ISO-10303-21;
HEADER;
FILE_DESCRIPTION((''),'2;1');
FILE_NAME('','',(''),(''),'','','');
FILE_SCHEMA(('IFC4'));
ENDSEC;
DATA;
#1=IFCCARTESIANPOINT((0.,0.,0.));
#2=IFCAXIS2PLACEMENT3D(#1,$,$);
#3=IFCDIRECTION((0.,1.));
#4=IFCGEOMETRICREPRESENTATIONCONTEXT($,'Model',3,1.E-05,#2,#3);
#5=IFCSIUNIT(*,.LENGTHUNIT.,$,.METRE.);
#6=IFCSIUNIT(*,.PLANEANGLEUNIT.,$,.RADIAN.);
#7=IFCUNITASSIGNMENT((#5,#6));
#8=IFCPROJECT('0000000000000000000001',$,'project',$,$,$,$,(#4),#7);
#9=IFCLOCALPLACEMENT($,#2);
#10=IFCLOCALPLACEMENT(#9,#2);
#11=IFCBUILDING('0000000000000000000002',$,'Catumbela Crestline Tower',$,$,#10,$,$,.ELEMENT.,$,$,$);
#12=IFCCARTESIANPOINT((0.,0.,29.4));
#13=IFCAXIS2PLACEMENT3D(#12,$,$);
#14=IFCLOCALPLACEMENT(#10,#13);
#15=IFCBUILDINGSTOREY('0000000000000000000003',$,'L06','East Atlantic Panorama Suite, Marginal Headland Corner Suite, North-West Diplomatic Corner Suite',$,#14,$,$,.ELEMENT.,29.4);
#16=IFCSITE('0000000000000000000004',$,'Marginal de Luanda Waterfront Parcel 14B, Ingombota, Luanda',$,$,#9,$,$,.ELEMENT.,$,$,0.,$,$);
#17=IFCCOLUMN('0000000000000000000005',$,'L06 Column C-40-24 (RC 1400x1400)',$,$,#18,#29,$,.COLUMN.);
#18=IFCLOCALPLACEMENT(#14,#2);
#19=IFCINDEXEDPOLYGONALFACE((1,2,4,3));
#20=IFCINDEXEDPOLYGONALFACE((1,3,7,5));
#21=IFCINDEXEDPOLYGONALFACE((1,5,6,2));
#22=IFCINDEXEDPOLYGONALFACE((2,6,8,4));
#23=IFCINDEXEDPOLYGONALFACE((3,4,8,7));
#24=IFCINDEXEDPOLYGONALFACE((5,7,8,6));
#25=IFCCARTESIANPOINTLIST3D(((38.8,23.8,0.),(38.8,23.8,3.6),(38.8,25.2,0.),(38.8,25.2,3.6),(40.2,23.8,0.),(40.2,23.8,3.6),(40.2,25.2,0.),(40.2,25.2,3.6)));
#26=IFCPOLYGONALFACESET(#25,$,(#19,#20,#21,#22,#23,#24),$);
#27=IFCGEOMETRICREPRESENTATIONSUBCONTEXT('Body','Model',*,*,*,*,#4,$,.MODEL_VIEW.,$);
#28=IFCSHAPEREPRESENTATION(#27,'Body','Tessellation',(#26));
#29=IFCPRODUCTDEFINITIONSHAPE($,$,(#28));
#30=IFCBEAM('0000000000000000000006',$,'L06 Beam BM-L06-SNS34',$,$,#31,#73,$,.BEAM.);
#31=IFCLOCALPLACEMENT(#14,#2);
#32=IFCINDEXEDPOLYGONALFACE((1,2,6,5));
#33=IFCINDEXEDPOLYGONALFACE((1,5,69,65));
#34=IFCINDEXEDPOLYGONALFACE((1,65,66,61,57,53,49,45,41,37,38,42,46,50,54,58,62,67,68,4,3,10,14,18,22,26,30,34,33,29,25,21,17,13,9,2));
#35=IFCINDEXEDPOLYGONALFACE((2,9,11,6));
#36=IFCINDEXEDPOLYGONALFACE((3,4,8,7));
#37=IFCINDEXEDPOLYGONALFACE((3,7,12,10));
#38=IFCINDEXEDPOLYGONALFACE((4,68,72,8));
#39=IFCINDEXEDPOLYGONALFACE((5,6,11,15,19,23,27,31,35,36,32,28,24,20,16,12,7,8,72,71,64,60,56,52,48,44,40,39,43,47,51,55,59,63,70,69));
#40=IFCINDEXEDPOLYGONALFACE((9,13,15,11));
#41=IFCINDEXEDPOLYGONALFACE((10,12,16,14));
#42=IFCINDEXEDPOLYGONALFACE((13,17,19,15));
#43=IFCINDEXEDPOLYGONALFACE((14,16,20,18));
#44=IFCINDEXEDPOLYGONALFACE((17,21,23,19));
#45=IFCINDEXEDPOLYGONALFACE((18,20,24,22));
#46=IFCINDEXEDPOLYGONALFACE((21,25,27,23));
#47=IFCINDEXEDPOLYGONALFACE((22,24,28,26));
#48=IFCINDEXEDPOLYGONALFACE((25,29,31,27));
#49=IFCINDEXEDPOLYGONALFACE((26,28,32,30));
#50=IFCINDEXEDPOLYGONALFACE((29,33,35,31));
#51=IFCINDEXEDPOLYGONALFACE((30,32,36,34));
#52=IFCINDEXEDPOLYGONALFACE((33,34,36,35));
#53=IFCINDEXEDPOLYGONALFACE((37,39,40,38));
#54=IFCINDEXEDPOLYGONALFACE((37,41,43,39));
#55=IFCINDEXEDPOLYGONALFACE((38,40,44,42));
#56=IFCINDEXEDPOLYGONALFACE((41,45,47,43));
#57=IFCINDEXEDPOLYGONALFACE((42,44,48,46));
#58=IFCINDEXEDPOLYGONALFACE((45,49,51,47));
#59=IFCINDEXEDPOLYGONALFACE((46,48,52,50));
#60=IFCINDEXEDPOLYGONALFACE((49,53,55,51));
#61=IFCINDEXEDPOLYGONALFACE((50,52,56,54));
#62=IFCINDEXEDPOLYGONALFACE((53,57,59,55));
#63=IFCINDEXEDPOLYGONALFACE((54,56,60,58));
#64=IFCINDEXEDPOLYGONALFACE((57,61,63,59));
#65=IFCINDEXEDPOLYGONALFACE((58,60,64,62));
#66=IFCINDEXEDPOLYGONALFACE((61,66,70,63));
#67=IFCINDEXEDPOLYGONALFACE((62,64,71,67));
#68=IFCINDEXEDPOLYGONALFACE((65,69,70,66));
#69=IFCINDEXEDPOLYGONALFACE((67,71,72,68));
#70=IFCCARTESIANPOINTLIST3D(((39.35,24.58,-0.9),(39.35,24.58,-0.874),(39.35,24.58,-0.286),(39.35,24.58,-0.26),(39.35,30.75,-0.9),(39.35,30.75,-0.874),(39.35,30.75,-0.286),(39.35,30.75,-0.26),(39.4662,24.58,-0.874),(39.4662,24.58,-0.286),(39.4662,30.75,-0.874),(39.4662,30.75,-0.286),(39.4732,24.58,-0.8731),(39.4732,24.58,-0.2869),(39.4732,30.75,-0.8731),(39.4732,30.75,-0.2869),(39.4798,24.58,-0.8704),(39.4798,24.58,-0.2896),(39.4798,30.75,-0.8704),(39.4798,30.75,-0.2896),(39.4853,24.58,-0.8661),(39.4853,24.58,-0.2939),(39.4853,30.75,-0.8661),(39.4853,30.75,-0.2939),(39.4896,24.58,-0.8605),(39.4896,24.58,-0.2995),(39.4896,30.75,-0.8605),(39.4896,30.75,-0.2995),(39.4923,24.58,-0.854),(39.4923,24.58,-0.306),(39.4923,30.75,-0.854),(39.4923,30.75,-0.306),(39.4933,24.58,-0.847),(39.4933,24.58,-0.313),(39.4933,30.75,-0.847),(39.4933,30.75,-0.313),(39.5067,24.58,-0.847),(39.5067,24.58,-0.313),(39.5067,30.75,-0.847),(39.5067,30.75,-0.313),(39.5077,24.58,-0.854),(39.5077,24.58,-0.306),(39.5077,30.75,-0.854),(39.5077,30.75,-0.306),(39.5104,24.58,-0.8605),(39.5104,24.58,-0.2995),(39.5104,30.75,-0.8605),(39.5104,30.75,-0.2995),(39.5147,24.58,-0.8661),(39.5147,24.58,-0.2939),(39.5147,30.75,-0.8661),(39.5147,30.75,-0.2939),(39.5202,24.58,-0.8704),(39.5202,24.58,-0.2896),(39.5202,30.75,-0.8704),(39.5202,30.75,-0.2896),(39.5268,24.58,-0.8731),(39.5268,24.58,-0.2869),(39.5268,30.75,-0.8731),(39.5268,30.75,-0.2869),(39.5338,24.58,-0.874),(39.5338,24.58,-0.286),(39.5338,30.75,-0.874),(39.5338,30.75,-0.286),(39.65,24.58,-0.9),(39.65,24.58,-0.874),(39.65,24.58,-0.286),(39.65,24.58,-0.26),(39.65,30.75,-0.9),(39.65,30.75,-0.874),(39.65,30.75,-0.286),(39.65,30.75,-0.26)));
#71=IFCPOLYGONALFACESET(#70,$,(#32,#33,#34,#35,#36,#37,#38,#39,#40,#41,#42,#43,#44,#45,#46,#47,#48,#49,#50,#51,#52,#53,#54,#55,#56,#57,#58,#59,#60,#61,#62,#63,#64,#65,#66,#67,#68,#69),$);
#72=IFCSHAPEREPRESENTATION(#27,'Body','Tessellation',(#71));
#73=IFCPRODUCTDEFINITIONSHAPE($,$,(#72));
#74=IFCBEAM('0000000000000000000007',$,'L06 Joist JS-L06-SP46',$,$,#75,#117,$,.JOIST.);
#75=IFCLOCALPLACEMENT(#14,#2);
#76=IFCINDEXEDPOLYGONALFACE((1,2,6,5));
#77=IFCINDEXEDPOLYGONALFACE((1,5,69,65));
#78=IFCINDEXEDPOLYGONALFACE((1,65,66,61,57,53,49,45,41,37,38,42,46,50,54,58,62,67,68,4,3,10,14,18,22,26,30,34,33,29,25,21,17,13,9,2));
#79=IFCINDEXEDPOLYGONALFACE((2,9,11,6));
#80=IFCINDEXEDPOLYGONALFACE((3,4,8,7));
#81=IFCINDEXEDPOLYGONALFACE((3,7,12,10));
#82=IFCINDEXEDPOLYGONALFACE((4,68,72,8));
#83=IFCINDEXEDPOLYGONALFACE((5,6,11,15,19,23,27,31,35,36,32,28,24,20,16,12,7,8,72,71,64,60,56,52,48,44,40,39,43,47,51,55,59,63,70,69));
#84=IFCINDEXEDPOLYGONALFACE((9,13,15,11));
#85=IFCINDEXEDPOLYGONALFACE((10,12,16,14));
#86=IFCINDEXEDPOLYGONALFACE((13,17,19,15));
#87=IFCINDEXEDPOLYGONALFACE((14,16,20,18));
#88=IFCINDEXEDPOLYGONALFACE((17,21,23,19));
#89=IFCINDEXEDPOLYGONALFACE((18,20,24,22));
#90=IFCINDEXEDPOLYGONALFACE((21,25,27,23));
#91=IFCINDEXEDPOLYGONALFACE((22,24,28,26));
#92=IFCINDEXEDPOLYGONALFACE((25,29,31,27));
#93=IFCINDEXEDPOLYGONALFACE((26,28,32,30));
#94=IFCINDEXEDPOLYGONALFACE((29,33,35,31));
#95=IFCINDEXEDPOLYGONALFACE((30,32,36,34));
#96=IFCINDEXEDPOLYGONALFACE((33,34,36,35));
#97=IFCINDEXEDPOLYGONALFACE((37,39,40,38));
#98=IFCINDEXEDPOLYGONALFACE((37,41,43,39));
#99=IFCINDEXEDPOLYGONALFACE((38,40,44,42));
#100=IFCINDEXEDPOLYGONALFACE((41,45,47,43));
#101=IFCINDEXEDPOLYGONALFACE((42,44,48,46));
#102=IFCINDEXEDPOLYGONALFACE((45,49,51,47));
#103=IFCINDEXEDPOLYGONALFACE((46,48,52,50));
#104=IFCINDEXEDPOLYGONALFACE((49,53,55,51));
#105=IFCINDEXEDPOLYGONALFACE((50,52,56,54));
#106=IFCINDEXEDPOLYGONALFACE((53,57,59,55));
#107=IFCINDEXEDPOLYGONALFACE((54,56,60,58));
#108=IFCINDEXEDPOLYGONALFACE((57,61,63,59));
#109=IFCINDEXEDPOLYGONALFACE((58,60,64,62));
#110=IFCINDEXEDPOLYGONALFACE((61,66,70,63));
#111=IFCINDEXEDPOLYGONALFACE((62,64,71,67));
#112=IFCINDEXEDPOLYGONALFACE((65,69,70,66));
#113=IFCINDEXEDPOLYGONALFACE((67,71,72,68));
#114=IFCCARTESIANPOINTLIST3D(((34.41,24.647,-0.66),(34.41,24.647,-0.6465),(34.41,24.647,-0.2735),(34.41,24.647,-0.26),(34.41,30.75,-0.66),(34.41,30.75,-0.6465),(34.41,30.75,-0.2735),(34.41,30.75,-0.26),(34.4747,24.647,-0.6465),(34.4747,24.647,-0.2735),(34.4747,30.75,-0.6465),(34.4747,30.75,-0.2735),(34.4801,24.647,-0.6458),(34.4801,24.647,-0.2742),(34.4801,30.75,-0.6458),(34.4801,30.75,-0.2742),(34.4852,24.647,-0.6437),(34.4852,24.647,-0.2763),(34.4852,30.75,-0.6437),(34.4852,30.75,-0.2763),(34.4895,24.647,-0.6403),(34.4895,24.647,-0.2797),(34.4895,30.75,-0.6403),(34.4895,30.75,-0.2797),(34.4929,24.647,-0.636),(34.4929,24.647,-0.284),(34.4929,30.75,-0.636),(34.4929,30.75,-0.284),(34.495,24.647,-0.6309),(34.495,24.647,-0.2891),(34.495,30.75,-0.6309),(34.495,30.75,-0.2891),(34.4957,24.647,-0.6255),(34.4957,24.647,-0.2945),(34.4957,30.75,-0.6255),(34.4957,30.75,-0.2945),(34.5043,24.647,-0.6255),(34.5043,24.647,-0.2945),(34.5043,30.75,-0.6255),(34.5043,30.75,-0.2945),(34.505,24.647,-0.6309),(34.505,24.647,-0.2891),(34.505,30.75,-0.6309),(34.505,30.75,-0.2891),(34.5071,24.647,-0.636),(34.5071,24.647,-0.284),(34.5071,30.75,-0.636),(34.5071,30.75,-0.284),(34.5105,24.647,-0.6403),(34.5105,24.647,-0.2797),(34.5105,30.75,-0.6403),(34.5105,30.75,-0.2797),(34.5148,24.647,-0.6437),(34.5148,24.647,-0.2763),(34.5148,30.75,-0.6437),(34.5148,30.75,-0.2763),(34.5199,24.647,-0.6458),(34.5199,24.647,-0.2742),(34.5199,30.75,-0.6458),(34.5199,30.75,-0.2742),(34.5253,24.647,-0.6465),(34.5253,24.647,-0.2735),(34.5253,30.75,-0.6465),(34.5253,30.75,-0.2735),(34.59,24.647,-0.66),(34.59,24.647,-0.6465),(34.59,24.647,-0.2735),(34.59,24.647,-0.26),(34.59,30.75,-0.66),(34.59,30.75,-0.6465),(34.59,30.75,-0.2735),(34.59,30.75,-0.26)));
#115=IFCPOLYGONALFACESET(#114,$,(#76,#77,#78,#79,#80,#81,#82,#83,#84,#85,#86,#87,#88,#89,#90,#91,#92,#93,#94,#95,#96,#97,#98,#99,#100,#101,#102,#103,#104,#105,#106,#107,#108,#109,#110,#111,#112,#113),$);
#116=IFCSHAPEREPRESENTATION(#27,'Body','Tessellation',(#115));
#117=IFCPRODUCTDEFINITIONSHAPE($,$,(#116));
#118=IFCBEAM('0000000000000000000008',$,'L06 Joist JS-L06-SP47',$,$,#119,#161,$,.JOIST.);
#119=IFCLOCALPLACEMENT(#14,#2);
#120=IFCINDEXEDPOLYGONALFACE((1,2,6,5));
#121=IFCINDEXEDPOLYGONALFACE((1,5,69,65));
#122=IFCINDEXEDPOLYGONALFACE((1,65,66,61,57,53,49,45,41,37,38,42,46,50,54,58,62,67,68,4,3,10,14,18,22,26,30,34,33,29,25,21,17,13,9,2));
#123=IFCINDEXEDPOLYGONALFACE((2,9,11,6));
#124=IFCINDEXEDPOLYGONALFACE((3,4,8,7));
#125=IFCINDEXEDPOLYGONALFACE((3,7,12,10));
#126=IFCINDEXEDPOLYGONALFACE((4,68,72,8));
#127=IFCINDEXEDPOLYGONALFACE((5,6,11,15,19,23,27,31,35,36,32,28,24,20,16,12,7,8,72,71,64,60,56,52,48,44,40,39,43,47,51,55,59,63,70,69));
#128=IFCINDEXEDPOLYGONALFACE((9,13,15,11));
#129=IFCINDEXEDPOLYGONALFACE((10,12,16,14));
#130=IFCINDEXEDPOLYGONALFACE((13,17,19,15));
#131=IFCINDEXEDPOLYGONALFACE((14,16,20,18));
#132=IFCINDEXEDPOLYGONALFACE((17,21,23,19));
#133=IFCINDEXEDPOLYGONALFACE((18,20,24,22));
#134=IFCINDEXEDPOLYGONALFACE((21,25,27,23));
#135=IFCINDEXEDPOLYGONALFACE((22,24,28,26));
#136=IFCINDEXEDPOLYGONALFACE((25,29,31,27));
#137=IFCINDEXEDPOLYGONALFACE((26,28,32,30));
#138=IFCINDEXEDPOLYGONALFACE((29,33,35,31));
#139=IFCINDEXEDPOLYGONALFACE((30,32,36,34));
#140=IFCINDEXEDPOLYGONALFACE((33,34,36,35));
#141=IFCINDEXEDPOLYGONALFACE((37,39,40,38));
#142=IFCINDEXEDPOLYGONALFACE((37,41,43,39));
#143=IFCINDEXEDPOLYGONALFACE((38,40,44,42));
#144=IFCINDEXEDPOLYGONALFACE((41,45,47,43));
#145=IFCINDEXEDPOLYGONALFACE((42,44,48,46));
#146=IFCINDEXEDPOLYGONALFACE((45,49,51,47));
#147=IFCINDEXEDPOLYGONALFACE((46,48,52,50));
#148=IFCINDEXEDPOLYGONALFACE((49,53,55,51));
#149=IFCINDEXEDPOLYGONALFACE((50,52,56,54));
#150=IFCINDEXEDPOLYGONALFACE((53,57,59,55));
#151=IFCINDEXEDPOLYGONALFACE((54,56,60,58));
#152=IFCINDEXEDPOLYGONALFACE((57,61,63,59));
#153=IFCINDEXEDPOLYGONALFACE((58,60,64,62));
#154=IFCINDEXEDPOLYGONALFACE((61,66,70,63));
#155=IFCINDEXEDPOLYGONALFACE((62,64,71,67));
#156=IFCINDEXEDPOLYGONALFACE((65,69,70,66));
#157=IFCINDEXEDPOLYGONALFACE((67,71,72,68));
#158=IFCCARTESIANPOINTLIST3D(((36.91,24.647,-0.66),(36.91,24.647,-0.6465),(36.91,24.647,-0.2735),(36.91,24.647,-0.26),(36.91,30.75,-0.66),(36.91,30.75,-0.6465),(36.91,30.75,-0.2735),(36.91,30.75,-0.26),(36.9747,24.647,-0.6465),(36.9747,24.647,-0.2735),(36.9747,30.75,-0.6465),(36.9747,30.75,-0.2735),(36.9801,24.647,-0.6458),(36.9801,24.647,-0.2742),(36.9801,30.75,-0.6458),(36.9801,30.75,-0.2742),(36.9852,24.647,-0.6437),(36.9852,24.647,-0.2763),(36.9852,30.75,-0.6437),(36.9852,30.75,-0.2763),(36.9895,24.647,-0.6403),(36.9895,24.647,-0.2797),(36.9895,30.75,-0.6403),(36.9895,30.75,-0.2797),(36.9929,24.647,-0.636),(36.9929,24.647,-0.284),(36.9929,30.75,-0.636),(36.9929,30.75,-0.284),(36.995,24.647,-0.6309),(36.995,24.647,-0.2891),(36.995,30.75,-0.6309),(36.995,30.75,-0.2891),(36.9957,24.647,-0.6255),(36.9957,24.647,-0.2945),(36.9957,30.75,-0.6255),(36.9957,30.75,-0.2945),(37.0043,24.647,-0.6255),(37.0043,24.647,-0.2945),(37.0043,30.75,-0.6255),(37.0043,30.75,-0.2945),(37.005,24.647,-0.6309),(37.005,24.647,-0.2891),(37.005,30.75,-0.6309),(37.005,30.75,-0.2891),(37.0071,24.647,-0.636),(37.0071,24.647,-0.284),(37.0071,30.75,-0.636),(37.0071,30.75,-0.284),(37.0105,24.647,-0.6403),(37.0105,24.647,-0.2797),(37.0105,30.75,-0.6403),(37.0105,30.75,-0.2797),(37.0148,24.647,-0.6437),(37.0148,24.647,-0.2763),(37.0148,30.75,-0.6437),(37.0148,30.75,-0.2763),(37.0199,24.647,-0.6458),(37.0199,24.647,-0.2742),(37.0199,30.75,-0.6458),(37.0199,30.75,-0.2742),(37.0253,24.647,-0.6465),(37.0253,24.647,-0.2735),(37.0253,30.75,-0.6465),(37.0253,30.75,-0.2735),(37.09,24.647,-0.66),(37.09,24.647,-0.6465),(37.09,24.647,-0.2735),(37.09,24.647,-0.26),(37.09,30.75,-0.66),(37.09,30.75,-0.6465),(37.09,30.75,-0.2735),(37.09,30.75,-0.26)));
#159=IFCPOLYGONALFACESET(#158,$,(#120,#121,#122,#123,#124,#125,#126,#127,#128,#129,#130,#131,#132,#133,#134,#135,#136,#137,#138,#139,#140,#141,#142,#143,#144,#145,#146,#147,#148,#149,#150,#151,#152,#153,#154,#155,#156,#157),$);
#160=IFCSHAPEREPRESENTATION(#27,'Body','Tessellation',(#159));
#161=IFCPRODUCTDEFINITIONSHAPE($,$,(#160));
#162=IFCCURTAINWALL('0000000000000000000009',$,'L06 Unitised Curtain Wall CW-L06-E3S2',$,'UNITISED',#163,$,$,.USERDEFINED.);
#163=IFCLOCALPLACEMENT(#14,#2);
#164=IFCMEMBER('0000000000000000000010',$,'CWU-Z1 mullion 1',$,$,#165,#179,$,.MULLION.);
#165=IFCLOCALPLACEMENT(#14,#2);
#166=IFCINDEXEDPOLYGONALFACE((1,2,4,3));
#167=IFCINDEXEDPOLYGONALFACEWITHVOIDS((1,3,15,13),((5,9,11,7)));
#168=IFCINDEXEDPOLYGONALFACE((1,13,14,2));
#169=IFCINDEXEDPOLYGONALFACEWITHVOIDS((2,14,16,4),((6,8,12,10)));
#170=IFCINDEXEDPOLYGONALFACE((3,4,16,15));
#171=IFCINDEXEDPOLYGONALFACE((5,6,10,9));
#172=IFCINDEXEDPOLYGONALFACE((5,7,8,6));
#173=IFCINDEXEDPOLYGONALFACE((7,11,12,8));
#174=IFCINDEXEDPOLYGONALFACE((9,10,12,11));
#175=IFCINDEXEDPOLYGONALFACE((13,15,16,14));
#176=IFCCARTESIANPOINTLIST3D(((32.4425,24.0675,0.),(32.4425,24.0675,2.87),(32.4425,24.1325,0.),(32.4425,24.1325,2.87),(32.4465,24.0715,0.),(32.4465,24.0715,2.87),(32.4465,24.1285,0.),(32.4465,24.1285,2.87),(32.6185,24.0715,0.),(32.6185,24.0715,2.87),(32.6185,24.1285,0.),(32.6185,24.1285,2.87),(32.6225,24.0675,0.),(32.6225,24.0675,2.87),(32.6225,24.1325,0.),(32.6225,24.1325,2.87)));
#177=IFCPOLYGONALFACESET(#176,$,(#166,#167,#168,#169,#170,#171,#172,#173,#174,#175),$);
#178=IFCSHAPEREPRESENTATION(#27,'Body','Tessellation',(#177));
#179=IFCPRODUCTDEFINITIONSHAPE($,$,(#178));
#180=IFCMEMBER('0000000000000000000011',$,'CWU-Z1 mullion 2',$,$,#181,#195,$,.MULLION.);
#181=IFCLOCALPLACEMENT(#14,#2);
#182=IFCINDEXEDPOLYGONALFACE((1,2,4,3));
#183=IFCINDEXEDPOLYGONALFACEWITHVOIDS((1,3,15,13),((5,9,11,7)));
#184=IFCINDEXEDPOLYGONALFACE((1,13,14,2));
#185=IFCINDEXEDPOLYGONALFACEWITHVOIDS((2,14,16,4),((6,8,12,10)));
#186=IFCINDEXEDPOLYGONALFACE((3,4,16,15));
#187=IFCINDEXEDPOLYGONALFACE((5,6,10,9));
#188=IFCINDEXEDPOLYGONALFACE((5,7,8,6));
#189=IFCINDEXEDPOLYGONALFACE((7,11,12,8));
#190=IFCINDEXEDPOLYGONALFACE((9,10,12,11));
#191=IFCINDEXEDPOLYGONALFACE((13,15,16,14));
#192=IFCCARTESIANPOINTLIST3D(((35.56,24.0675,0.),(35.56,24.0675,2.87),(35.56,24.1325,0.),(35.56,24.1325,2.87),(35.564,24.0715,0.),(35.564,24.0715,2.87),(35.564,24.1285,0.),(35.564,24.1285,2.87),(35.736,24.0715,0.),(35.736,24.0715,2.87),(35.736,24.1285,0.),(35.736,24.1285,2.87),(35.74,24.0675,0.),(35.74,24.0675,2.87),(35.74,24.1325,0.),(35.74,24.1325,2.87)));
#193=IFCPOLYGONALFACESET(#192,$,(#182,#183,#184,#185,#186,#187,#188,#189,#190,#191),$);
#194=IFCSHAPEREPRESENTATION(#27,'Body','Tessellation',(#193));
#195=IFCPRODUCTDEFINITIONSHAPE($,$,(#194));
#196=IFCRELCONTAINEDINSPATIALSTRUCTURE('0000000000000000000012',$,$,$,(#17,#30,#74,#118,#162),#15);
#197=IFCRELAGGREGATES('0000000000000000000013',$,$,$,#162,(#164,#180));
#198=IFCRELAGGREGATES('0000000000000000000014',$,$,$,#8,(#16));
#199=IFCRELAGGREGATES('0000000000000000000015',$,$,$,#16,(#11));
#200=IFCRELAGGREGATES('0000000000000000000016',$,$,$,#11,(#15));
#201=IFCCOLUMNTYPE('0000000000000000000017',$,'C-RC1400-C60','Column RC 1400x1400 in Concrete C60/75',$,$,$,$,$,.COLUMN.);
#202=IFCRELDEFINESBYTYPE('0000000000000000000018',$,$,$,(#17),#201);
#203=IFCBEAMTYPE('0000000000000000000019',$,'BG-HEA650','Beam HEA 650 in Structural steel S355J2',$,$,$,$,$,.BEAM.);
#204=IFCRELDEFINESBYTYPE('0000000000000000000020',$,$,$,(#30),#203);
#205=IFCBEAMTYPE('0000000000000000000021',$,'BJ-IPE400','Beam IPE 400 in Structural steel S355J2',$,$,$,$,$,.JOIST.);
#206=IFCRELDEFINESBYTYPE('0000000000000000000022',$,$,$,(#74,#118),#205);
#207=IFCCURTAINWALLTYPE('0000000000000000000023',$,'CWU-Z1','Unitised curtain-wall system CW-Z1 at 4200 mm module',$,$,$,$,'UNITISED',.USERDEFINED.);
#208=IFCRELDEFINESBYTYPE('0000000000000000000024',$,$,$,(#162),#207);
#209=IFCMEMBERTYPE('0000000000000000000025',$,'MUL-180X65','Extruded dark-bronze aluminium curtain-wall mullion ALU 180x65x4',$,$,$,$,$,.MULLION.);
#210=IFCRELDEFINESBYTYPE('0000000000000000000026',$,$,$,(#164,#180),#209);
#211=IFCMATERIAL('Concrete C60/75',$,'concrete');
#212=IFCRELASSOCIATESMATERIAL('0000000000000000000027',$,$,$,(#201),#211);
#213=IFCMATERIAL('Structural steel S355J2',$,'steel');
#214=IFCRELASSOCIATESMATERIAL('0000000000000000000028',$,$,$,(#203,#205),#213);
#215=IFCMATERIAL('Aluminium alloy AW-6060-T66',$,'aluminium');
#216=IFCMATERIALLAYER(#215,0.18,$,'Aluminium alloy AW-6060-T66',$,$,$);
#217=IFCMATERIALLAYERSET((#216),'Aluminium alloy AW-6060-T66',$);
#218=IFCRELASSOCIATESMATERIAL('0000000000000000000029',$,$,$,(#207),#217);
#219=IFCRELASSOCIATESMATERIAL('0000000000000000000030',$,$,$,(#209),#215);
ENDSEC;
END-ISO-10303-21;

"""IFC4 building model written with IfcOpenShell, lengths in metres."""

from ifc_helpers import new_model, si_unit, direction, frame, origin, origin_2d, place, context, subcontext, project, spatial, rectangle, hollow_rectangle, i_section, extrude, material, layer, layer_set, material_profile, profile_set, type_object, element, aggregate, save


model = new_model("IFC4")

# Units and contexts
model_context = context("Model", 3, precision=1e-05, world=origin(), true_north=direction((0.0, 1.0)))
body_context = subcontext(model_context, "Body", "Model", "MODEL_VIEW")
ifc_project = project(units=[si_unit("LENGTHUNIT", "METRE"), si_unit("PLANEANGLEUNIT", "RADIAN")], contexts=[model_context])

# Site, building, storey
site_placement = place(None, origin())
site = spatial("IfcSite", under=ifc_project, at=site_placement, Name="Marginal de Luanda Waterfront Parcel 14B, Ingombota, Luanda", CompositionType="ELEMENT", RefElevation=0.0)
building_placement = place(site_placement, origin())
building = spatial("IfcBuilding", under=site, at=building_placement, Name="Catumbela Crestline Tower", CompositionType="ELEMENT")
storey_placement = place(building_placement, frame((0.0, 0.0, 29.4)))
storey = spatial("IfcBuildingStorey", under=building, at=storey_placement, Name="L06", Description="East Atlantic Panorama Suite, Marginal Headland Corner Suite, North-West Diplomatic Corner Suite", CompositionType="ELEMENT", Elevation=29.4)

# Column
ifc_material_1 = material(Name="Concrete C60/75", Category="concrete")
ifc_material_profile_1 = material_profile(ifc_material_1, rectangle(XDim=1.4, YDim=1.4, at=origin_2d()), Name="RC 1400x1400")
ifc_profile_set_1 = profile_set([ifc_material_profile_1], Name="Concrete C60/75")
column_type = type_object("IfcColumnType", Name="C-RC1400-C60", Description="Column RC 1400x1400 in Concrete C60/75", PredefinedType="COLUMN", material=ifc_profile_set_1)
column_placement = place(storey_placement, frame((39.5, 24.5, 0.0), z_axis=(0.0, 0.0, 1.0), x_axis=(1.0, 0.0, 0.0)))
element("IfcColumn", 1, at=column_placement, inside=storey, type_object=column_type, Name="L06 Column C-40-24 (RC 1400x1400)", PredefinedType="COLUMN", context=body_context, shape_type="SweptSolid", body=[
    extrude(rectangle(XDim=1.4, YDim=1.4, at=origin_2d()), origin(), (0.0, 0.0, 1.0), 3.6),
])

# Beams
ifc_material_2 = material(Name="Structural steel S355J2", Category="steel")
ifc_material_profile_2 = material_profile(ifc_material_2, i_section(OverallWidth=0.3, OverallDepth=0.64, WebThickness=0.0135, FlangeThickness=0.026, FilletRadius=0.027, at=origin_2d()), Name="HEA 650")
ifc_profile_set_2 = profile_set([ifc_material_profile_2], Name="Structural steel S355J2")
beam_type_1 = type_object("IfcBeamType", Name="BG-HEA650", Description="Beam HEA 650 in Structural steel S355J2", PredefinedType="BEAM", material=ifc_profile_set_2)
beam_1_placement = place(storey_placement, frame((39.5, 24.58, -0.58), z_axis=(0.0, 1.0, 0.0), x_axis=(-1.0, 0.0, 0.0)))
element("IfcBeam", 2, at=beam_1_placement, inside=storey, type_object=beam_type_1, Name="L06 Beam BM-L06-SNS34", PredefinedType="BEAM", context=body_context, shape_type="SweptSolid", body=[
    extrude(i_section(OverallWidth=0.3, OverallDepth=0.64, WebThickness=0.0135, FlangeThickness=0.026, FilletRadius=0.027, at=origin_2d()), origin(), (0.0, 0.0, 1.0), 6.17),
])
ifc_material_profile_3 = material_profile(ifc_material_2, i_section(OverallWidth=0.18, OverallDepth=0.4, WebThickness=0.0086, FlangeThickness=0.0135, FilletRadius=0.021, at=origin_2d()), Name="IPE 400")
ifc_profile_set_3 = profile_set([ifc_material_profile_3], Name="Structural steel S355J2")
beam_type_2 = type_object("IfcBeamType", Name="BJ-IPE400", Description="Beam IPE 400 in Structural steel S355J2", PredefinedType="JOIST", material=ifc_profile_set_3)
for number, where, z_axis, x_axis, name in (
    (3, (34.5, 24.647, -0.46), (0.0, 1.0, 0.0), (-1.0, 0.0, 0.0), "L06 Joist JS-L06-SP46"),
    (4, (37.0, 24.647, -0.46), (0.0, 1.0, 0.0), (-1.0, 0.0, 0.0), "L06 Joist JS-L06-SP47"),
):
    element("IfcBeam", number, at=place(storey_placement, frame(where, z_axis=z_axis, x_axis=x_axis)), inside=storey, type_object=beam_type_2, Name=name, PredefinedType="JOIST", context=body_context, shape_type="SweptSolid", body=[
        extrude(i_section(OverallWidth=0.18, OverallDepth=0.4, WebThickness=0.0086, FlangeThickness=0.0135, FilletRadius=0.021, at=origin_2d()), origin(), (0.0, 0.0, 1.0), 6.103),
    ])

# Curtain wall, members
ifc_material_3 = material(Name="Aluminium alloy AW-6060-T66", Category="aluminium")
ifc_layer_1 = layer(ifc_material_3, 0.18, Name="Aluminium alloy AW-6060-T66")
ifc_layer_set_1 = layer_set([ifc_layer_1], Name="Aluminium alloy AW-6060-T66")
curtain_wall_type = type_object("IfcCurtainWallType", Name="CWU-Z1", Description="Unitised curtain-wall system CW-Z1 at 4200 mm module", ElementType="UNITISED", PredefinedType="USERDEFINED", material=ifc_layer_set_1)
curtain_wall_1_placement = place(storey_placement, origin())
curtain_wall_1 = element("IfcCurtainWall", 5, at=curtain_wall_1_placement, inside=storey, type_object=curtain_wall_type, Name="L06 Unitised Curtain Wall CW-L06-E3S2", ObjectType="UNITISED", PredefinedType="USERDEFINED")
ifc_material_profile_4 = material_profile(ifc_material_3, hollow_rectangle(XDim=0.065, YDim=0.18, WallThickness=0.004, at=origin_2d()), Name="ALU 180x65x4")
ifc_profile_set_4 = profile_set([ifc_material_profile_4], Name="Aluminium alloy AW-6060-T66")
member_type_1 = type_object("IfcMemberType", Name="MUL-180X65", Description="Extruded dark-bronze aluminium curtain-wall mullion ALU 180x65x4", PredefinedType="MULLION", material=ifc_profile_set_4)
member_1_placement = place(storey_placement, frame((32.5325, 24.1, 0.0), z_axis=(0.0, 0.0, 1.0), x_axis=(0.0, 1.0, 0.0)))
member_1 = element("IfcMember", 6, at=member_1_placement, type_object=member_type_1, Name="CWU-Z1 mullion 1", PredefinedType="MULLION", context=body_context, shape_type="SweptSolid", body=[
    extrude(hollow_rectangle(XDim=0.065, YDim=0.18, WallThickness=0.004, at=origin_2d()), origin(), (0.0, 0.0, 1.0), 2.87),
])
member_2_placement = place(storey_placement, frame((35.65, 24.1, 0.0), z_axis=(0.0, 0.0, 1.0), x_axis=(0.0, 1.0, 0.0)))
member_2 = element("IfcMember", 7, at=member_2_placement, type_object=member_type_1, Name="CWU-Z1 mullion 2", PredefinedType="MULLION", context=body_context, shape_type="SweptSolid", body=[
    extrude(hollow_rectangle(XDim=0.065, YDim=0.18, WallThickness=0.004, at=origin_2d()), origin(), (0.0, 0.0, 1.0), 2.87),
])

aggregate(curtain_wall_1, [member_1, member_2])

save(model, "model.ifc")
